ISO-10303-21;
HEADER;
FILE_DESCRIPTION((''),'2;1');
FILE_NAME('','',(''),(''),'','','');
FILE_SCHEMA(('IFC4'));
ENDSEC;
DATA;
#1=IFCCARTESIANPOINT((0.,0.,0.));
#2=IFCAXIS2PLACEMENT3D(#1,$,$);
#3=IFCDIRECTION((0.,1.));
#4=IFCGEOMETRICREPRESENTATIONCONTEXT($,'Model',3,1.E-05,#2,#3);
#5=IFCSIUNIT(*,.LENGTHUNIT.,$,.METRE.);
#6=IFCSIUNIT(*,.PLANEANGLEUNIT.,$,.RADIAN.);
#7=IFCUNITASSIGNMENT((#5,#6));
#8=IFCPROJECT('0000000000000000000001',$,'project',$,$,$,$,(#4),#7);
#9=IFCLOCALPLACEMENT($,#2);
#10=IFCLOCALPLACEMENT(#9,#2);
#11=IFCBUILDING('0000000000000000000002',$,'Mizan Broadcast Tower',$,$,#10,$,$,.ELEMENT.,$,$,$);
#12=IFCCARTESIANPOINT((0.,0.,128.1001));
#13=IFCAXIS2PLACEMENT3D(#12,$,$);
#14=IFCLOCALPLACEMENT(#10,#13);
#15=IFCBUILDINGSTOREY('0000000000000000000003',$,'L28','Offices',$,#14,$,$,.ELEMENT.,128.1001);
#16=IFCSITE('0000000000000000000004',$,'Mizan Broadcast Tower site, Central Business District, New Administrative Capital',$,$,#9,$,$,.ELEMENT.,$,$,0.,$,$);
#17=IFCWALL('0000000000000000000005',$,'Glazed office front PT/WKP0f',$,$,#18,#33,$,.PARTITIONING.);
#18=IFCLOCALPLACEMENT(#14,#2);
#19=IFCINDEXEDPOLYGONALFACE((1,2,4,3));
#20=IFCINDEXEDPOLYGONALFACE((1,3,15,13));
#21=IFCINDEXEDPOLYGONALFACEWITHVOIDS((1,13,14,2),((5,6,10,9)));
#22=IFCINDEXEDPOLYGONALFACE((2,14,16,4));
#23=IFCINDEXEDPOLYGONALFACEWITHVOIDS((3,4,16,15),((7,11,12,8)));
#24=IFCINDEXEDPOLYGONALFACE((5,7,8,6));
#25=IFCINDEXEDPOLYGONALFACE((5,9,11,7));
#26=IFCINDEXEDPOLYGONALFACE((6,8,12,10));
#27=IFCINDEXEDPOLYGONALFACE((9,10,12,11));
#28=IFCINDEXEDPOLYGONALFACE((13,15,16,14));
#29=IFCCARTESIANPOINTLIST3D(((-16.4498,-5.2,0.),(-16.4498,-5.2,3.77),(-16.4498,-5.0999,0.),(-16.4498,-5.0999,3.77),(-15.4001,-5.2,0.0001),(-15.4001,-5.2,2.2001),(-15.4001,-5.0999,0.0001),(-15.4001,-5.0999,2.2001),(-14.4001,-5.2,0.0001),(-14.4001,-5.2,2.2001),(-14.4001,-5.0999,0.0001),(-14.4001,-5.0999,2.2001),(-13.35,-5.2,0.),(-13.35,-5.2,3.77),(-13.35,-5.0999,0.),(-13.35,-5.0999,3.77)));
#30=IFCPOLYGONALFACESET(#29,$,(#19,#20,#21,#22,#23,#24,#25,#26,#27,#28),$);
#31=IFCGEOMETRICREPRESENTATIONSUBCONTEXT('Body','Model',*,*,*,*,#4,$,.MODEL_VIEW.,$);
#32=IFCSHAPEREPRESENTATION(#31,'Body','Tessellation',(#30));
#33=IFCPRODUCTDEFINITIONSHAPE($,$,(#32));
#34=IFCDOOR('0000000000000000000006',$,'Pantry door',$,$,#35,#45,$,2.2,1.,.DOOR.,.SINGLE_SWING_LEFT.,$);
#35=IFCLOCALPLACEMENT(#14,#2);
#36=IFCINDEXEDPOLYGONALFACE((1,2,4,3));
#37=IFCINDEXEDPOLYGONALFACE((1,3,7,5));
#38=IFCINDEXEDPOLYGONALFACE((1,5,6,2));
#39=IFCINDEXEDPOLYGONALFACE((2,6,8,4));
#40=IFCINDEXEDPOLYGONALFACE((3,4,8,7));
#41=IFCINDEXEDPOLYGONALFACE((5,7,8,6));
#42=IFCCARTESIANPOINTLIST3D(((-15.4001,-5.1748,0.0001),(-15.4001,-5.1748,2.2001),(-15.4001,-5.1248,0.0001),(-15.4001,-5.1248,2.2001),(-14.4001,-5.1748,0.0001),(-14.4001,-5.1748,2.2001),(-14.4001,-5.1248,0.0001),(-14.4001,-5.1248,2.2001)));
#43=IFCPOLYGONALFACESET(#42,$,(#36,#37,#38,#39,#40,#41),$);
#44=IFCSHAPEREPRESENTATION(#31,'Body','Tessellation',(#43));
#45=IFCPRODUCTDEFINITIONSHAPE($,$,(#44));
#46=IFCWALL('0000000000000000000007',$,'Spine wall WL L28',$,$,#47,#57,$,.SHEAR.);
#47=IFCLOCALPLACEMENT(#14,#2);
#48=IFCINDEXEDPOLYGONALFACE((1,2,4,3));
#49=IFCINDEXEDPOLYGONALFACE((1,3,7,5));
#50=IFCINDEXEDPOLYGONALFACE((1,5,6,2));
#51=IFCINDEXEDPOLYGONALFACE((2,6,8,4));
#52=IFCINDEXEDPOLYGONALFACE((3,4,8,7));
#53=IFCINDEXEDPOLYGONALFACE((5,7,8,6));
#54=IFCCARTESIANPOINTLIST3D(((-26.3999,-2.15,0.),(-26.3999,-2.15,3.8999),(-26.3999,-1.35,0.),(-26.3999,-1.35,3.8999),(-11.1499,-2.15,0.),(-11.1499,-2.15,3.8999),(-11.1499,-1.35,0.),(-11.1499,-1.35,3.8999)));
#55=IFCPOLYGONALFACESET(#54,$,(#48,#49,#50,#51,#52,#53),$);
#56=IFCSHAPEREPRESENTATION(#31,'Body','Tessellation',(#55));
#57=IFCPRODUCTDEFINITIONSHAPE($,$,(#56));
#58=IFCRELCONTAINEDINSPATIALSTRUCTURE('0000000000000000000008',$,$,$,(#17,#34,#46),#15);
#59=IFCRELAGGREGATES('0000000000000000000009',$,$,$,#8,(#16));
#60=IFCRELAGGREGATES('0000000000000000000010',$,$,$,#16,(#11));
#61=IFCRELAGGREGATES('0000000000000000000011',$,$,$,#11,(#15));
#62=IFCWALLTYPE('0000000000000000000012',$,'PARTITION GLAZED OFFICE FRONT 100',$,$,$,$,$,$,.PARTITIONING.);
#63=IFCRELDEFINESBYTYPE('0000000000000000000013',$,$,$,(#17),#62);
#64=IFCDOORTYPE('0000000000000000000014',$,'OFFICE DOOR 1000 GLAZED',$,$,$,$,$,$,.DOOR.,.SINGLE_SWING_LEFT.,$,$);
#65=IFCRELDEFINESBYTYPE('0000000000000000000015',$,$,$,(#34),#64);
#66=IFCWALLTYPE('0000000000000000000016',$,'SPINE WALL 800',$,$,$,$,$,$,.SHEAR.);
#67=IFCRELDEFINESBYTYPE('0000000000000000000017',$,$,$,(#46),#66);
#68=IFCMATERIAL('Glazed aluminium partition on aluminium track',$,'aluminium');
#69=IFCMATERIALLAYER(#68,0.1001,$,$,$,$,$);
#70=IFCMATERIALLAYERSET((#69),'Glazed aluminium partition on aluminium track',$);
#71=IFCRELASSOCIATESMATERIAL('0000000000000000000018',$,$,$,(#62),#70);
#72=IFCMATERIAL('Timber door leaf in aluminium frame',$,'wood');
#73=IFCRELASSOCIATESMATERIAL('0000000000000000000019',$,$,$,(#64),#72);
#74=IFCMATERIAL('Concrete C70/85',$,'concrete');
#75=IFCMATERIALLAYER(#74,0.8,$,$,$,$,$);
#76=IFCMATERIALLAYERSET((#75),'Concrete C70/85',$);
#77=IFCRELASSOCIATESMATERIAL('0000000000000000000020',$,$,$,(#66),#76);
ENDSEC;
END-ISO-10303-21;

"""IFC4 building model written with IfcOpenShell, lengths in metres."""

from ifc_helpers import new_model, si_unit, direction, frame, frame_2d, origin, place, context, subcontext, project, spatial, rectangle, extrude, material, layer, layer_set, type_object, element, fill, save


model = new_model("IFC4")

# Units and contexts
model_context = context("Model", 3, precision=1e-05, world=origin(), true_north=direction((0.0, 1.0)))
body_context = subcontext(model_context, "Body", "Model", "MODEL_VIEW")
ifc_project = project(units=[si_unit("LENGTHUNIT", "METRE"), si_unit("PLANEANGLEUNIT", "RADIAN")], contexts=[model_context])

# Site, building, storey
site_placement = place(None, origin())
site = spatial("IfcSite", under=ifc_project, at=site_placement, Name="Mizan Broadcast Tower site, Central Business District, New Administrative Capital", CompositionType="ELEMENT", RefElevation=0.0)
building_placement = place(site_placement, origin())
building = spatial("IfcBuilding", under=site, at=building_placement, Name="Mizan Broadcast Tower", CompositionType="ELEMENT")
storey_placement = place(building_placement, frame((0.0, 0.0, 128.1001)))
storey = spatial("IfcBuildingStorey", under=building, at=storey_placement, Name="L28", Description="Offices", CompositionType="ELEMENT", Elevation=128.1001)

# Shared definitions
ifc_material_1 = material(Name="Glazed aluminium partition on aluminium track", Category="aluminium")
ifc_layer_1 = layer(ifc_material_1, 0.1001)
ifc_layer_set_1 = layer_set([ifc_layer_1], Name="Glazed aluminium partition on aluminium track")
wall_type_1 = type_object("IfcWallType", Name="PARTITION GLAZED OFFICE FRONT 100", PredefinedType="PARTITIONING", material=ifc_layer_set_1)

# Wall, opening, door
wall_1_placement = place(storey_placement, frame((-13.3501, -5.1499, 0.0), z_axis=(0.0, 0.0, 1.0), x_axis=(-1.0, 0.0, 0.0)))
wall_1 = element("IfcWall", 1, at=wall_1_placement, inside=storey, type_object=wall_type_1, Name="Glazed office front PT/WKP0f", PredefinedType="PARTITIONING", context=body_context, shape_type="SweptSolid", body=[
    extrude(rectangle(XDim=3.0999, YDim=0.1001, at=frame_2d((1.5498, 0.0))), origin(), (0.0, 0.0, 1.0), 3.77),
])
opening_1_placement = place(wall_1_placement, frame((1.05, 0.0, 0.0)))
opening_1 = element("IfcOpeningElement", 2, at=opening_1_placement, cuts=wall_1, PredefinedType="OPENING", context=body_context, shape_type="SweptSolid", body=[
    extrude(rectangle(XDim=1.0, YDim=2.2, at=frame_2d((0.5, 1.1001))), frame((0.0, 0.0601, 0.0), z_axis=(0.0, -1.0, 0.0), x_axis=(1.0, 0.0, 0.0)), (0.0, 0.0, 1.0), 0.1201),
])
ifc_material_2 = material(Name="Timber door leaf in aluminium frame", Category="wood")
door_type_1 = type_object("IfcDoorType", Name="OFFICE DOOR 1000 GLAZED", OperationType="SINGLE_SWING_LEFT", PredefinedType="DOOR", material=ifc_material_2)
door_1_placement = place(opening_1_placement, origin())
door_1 = element("IfcDoor", 3, at=door_1_placement, inside=storey, type_object=door_type_1, Name="Pantry door", OperationType="SINGLE_SWING_LEFT", OverallHeight=2.2, OverallWidth=1.0, PredefinedType="DOOR", context=body_context, shape_type="SweptSolid", body=[
    extrude(rectangle(XDim=1.0, YDim=2.2, at=frame_2d((0.5, 1.1001))), frame((0.0, 0.0249, 0.0), z_axis=(0.0, -1.0, 0.0), x_axis=(1.0, 0.0, 0.0)), (0.0, 0.0, 1.0), 0.05),
])
fill(opening_1, door_1)

# Wall
ifc_material_3 = material(Name="Concrete C70/85", Category="concrete")
ifc_layer_2 = layer(ifc_material_3, 0.8)
ifc_layer_set_2 = layer_set([ifc_layer_2], Name="Concrete C70/85")
wall_type_2 = type_object("IfcWallType", Name="SPINE WALL 800", PredefinedType="SHEAR", material=ifc_layer_set_2)
wall_2_placement = place(storey_placement, frame((-11.1499, -1.75, 0.0), z_axis=(0.0, 0.0, 1.0), x_axis=(-1.0, 0.0, 0.0)))
element("IfcWall", 4, at=wall_2_placement, inside=storey, type_object=wall_type_2, Name="Spine wall WL L28", PredefinedType="SHEAR", context=body_context, shape_type="SweptSolid", body=[
    extrude(rectangle(XDim=15.25, YDim=0.8, at=frame_2d((7.625, 0.0))), origin(), (0.0, 0.0, 1.0), 3.8999),
])

save(model, "model.ifc")
